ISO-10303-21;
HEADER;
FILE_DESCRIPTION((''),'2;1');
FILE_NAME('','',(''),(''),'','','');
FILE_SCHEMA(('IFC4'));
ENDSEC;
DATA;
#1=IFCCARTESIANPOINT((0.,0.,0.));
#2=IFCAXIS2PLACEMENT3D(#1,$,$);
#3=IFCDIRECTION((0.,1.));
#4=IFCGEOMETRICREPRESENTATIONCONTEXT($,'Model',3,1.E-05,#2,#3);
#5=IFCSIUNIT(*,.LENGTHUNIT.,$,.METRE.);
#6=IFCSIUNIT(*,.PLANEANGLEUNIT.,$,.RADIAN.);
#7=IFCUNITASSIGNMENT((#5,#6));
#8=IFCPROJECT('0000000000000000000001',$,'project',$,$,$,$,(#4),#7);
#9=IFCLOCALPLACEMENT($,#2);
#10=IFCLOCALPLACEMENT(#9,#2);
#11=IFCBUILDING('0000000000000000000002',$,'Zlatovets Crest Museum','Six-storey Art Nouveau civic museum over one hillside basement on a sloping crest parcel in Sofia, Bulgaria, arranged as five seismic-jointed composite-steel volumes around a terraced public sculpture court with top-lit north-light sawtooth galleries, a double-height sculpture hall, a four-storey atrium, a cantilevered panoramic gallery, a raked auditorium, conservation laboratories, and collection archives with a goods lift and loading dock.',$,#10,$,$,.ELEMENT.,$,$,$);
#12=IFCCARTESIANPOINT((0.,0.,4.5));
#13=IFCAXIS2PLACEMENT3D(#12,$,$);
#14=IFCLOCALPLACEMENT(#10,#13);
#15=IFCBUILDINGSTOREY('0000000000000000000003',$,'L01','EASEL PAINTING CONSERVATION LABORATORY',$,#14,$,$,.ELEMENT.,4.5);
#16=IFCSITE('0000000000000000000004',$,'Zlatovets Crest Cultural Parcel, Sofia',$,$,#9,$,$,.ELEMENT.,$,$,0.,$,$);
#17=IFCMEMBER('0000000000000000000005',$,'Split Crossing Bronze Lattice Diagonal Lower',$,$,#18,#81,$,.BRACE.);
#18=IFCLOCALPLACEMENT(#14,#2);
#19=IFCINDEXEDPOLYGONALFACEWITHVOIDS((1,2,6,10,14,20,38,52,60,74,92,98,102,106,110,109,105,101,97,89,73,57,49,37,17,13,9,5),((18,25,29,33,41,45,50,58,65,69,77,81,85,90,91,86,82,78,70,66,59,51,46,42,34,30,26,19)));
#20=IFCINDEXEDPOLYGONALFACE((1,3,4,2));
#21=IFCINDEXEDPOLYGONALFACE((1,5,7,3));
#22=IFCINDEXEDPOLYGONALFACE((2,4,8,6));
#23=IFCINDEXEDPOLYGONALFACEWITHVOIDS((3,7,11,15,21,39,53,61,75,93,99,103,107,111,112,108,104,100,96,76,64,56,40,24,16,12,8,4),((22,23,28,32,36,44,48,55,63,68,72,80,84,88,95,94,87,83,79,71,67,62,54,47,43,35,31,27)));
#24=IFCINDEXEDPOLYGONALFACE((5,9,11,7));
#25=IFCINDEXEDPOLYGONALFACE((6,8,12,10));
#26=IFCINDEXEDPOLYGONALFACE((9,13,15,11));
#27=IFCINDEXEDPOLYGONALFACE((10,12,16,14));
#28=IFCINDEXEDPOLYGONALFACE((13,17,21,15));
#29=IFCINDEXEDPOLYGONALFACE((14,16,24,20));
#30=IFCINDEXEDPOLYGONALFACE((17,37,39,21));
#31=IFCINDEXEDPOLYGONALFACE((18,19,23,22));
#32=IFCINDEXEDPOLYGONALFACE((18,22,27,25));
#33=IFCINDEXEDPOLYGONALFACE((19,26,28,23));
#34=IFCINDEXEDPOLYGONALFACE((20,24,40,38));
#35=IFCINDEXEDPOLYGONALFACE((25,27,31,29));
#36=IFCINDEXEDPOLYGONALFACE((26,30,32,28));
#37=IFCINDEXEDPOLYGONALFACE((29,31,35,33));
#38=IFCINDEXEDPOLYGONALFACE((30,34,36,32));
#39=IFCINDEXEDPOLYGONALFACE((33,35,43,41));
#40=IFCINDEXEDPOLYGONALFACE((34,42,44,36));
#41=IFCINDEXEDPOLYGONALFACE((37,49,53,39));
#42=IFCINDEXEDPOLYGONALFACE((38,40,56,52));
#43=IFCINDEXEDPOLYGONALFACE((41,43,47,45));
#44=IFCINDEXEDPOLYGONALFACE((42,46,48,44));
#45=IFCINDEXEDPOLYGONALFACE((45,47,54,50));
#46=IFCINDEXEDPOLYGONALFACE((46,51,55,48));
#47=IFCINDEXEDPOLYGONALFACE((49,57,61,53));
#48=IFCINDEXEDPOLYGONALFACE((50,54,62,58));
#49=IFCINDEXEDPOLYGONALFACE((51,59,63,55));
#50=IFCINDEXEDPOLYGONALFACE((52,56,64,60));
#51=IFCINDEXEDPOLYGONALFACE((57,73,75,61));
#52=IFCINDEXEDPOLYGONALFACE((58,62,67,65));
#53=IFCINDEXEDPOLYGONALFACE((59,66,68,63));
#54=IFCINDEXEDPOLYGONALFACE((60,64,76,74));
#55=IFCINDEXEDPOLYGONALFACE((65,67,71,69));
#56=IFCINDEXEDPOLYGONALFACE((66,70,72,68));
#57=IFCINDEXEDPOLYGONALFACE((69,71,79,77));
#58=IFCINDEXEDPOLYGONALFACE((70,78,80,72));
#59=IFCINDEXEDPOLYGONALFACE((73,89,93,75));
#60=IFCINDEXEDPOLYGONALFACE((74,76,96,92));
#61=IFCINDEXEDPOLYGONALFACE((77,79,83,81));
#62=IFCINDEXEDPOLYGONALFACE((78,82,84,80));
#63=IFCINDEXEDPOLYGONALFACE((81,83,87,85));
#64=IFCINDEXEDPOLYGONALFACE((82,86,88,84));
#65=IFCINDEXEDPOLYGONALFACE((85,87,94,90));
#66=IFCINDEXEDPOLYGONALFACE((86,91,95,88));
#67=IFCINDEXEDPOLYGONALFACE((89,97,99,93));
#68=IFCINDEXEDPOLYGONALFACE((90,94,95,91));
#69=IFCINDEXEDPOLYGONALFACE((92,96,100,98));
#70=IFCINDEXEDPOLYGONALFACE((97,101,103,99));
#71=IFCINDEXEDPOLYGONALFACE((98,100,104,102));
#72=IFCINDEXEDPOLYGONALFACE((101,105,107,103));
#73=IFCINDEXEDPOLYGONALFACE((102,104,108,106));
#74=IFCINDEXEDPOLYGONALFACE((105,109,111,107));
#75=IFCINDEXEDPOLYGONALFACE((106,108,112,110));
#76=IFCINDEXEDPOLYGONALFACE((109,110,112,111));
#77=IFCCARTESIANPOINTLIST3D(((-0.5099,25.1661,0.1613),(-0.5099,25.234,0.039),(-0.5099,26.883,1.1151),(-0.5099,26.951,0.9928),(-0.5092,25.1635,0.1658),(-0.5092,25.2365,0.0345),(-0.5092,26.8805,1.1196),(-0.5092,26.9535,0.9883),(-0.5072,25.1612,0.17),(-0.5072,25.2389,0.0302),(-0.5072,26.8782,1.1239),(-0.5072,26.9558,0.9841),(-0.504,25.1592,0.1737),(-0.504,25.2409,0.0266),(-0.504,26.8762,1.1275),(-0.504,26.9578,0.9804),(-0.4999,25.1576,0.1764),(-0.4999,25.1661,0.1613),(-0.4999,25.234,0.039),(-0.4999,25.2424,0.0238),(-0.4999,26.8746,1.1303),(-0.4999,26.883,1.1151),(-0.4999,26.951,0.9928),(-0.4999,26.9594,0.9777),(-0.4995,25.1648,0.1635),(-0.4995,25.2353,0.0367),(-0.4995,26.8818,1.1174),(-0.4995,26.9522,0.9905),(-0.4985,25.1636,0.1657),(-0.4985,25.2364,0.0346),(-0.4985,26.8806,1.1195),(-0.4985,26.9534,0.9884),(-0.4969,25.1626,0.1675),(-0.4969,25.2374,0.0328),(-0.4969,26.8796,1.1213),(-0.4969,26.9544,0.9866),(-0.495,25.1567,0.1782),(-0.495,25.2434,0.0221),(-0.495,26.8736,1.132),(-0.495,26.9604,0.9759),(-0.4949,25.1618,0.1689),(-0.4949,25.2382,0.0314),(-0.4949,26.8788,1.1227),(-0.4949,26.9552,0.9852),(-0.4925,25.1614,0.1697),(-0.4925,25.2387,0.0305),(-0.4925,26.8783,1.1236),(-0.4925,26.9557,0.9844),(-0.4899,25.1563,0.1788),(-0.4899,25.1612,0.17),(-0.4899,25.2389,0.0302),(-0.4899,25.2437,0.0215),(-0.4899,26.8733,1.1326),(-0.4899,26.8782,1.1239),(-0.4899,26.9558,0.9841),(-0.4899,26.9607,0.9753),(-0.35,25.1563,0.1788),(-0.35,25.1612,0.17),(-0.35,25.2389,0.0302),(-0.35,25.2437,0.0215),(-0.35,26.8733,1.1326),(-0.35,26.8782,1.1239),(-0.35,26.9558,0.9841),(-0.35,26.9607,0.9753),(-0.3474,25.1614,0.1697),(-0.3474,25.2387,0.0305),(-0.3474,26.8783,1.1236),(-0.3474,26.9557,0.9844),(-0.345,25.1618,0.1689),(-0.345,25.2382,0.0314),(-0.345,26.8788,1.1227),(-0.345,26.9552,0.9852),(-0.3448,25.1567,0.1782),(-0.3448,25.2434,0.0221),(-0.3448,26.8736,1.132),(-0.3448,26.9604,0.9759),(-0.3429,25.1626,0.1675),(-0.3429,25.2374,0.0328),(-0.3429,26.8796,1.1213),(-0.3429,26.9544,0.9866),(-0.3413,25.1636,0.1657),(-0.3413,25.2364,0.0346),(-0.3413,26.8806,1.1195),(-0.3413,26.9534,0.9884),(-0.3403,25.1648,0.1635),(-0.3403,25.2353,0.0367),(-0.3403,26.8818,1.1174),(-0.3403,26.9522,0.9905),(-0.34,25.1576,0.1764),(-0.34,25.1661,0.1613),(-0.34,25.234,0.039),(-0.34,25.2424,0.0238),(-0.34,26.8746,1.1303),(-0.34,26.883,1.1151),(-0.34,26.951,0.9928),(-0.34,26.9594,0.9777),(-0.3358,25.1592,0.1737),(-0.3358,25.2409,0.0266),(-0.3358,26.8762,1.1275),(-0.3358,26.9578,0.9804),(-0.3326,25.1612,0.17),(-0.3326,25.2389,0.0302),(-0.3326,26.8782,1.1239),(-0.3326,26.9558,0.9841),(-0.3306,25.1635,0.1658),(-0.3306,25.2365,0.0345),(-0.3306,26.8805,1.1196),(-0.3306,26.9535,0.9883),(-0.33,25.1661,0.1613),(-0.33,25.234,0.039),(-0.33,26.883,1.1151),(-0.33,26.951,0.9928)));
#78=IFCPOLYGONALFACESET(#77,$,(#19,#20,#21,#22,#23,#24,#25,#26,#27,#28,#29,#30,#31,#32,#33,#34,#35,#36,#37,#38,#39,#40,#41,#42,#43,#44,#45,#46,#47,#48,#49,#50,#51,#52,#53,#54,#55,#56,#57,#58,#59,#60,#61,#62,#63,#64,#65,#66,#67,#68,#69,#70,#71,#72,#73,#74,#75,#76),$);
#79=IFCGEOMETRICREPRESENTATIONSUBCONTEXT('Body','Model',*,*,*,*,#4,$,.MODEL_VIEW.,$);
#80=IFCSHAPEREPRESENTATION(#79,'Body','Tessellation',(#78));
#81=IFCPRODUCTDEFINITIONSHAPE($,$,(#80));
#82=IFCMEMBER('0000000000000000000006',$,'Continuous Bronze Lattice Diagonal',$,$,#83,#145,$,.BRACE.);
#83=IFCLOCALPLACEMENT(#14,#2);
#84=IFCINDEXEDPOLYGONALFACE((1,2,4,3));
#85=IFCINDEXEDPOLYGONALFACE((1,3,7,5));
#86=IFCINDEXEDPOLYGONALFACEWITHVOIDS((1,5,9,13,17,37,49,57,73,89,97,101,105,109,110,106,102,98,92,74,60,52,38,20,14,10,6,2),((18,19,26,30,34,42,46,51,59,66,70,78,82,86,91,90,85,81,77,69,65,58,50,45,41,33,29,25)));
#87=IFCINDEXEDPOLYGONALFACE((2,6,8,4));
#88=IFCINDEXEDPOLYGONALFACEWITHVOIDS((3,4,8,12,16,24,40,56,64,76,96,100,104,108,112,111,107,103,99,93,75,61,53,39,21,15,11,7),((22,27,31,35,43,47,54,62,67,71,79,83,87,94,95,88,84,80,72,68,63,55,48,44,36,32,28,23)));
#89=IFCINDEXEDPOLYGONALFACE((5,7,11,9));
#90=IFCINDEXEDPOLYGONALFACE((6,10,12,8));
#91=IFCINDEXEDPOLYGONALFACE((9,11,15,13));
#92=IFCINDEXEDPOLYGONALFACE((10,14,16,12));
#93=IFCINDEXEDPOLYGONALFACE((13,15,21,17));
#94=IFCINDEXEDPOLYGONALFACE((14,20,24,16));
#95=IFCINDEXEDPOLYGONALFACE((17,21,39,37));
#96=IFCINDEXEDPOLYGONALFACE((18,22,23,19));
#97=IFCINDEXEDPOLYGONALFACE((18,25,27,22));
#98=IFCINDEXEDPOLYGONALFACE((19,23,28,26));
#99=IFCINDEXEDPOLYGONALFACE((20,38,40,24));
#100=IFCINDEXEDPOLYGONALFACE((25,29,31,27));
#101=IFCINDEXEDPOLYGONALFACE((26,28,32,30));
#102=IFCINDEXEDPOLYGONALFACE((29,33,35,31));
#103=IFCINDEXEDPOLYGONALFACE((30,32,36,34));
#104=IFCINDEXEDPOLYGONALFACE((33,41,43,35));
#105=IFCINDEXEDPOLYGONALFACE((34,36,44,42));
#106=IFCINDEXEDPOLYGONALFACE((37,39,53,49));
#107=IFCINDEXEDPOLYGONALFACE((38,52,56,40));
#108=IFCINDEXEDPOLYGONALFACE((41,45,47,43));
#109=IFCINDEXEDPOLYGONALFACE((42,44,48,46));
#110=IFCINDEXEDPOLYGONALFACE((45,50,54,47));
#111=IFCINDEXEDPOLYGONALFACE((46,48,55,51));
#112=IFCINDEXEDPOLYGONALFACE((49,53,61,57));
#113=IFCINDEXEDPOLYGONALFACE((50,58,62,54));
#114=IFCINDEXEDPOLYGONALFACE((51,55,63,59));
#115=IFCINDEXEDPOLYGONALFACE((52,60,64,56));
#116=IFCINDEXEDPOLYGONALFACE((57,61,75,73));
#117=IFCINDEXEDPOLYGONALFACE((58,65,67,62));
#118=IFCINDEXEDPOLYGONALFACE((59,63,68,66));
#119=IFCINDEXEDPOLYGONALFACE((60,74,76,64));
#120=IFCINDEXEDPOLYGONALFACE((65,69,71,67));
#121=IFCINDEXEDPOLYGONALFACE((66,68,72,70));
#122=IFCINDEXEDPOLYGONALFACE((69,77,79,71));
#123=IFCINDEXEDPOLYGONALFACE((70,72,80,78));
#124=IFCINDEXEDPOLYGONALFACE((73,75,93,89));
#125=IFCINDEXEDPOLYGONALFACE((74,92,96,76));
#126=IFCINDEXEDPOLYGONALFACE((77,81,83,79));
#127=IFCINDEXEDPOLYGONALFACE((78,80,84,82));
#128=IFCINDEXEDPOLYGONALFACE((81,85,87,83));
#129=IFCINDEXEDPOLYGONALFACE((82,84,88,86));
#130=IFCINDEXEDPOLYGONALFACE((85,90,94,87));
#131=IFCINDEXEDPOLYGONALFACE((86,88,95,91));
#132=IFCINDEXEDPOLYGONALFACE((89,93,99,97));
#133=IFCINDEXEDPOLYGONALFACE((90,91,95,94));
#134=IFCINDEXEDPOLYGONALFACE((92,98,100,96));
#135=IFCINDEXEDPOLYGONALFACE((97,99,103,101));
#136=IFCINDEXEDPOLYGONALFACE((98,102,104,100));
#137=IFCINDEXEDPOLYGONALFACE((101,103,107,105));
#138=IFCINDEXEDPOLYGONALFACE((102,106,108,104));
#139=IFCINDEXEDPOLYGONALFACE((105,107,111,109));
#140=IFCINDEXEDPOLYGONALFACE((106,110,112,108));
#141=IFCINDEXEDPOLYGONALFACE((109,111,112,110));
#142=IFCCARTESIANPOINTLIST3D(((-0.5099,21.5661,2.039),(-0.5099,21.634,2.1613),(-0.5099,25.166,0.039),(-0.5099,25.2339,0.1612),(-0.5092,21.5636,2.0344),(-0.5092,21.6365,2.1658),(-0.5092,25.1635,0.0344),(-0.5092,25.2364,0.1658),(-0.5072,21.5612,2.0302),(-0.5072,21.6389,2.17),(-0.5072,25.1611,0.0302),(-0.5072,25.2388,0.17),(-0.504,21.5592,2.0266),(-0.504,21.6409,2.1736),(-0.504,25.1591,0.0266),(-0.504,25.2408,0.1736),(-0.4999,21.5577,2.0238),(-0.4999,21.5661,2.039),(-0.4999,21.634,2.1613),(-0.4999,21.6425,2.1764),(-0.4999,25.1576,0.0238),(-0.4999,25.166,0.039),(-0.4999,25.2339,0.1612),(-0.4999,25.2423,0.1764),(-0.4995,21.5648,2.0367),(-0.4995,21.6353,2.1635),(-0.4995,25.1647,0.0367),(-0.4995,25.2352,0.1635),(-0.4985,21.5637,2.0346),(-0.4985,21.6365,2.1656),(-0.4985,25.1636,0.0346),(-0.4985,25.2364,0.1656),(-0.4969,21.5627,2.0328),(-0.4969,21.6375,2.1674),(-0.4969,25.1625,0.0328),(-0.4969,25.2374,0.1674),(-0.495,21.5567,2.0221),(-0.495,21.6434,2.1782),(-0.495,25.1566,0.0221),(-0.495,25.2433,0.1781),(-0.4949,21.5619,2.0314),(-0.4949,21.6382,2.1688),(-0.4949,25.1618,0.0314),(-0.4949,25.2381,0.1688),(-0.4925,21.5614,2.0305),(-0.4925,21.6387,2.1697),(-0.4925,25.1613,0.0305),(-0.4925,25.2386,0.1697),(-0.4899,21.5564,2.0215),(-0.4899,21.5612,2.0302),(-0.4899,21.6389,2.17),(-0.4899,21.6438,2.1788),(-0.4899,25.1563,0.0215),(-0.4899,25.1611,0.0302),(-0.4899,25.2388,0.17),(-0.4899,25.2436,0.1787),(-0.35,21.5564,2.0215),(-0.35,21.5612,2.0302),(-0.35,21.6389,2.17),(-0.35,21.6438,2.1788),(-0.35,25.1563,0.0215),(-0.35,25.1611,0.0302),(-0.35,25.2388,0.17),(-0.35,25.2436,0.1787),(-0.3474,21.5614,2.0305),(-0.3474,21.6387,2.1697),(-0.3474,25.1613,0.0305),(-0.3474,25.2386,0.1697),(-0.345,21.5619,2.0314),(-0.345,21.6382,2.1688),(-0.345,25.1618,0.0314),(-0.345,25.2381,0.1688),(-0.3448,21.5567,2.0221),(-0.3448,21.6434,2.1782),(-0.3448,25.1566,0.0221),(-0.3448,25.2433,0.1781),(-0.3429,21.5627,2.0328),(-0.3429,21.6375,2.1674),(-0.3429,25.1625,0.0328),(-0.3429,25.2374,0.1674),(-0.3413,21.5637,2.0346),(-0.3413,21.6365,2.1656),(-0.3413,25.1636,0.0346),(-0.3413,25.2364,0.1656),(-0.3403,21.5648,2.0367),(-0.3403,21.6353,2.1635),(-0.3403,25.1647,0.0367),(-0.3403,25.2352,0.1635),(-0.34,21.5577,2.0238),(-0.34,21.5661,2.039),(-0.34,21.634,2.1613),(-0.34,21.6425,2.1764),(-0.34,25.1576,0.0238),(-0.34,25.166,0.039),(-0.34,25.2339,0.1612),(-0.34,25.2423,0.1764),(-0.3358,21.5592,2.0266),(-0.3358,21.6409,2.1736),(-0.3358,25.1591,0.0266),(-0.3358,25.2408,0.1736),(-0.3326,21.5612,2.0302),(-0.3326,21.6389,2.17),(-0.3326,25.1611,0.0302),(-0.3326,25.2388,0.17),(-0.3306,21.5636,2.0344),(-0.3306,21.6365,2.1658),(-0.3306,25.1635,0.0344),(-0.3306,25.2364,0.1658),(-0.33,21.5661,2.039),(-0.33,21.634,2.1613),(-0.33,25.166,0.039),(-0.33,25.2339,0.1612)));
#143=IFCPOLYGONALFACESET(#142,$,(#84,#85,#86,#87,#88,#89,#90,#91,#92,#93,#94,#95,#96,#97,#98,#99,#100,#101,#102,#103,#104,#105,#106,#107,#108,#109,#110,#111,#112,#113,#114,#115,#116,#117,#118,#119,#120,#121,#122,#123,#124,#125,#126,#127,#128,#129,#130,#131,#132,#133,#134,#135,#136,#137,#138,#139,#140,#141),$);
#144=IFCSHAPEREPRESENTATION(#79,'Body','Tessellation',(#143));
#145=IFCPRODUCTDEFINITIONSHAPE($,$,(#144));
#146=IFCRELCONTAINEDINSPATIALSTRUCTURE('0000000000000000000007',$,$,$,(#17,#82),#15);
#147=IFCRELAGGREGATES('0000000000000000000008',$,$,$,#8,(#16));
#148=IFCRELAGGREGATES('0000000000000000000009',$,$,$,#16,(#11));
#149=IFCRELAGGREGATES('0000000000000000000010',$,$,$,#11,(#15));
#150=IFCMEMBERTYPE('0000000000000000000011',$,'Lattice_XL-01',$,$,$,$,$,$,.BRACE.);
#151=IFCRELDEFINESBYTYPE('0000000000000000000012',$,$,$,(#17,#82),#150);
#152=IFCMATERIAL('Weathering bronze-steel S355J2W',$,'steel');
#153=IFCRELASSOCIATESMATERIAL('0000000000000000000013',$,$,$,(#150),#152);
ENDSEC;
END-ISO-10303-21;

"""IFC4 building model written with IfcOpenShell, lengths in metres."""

from ifc_helpers import new_model, si_unit, direction, frame, origin, origin_2d, place, context, subcontext, project, spatial, hollow_rectangle, extrude, material, material_profile, profile_set, type_object, element, save


model = new_model("IFC4")

# Units and contexts
model_context = context("Model", 3, precision=1e-05, world=origin(), true_north=direction((0.0, 1.0)))
body_context = subcontext(model_context, "Body", "Model", "MODEL_VIEW")
ifc_project = project(units=[si_unit("LENGTHUNIT", "METRE"), si_unit("PLANEANGLEUNIT", "RADIAN")], contexts=[model_context])

# Site, building, storey
site_placement = place(None, origin())
site = spatial("IfcSite", under=ifc_project, at=site_placement, Name="Zlatovets Crest Cultural Parcel, Sofia", CompositionType="ELEMENT", RefElevation=0.0)
building_placement = place(site_placement, origin())
building = spatial("IfcBuilding", under=site, at=building_placement, Name="Zlatovets Crest Museum", Description="Six-storey Art Nouveau civic museum over one hillside basement on a sloping crest parcel in Sofia, Bulgaria, arranged as five seismic-jointed composite-steel volumes around a terraced public sculpture court with top-lit north-light sawtooth galleries, a double-height sculpture hall, a four-storey atrium, a cantilevered panoramic gallery, a raked auditorium, conservation laboratories, and collection archives with a goods lift and loading dock.", CompositionType="ELEMENT")
storey_placement = place(building_placement, frame((0.0, 0.0, 4.5)))
storey = spatial("IfcBuildingStorey", under=building, at=storey_placement, Name="L01", Description="EASEL PAINTING CONSERVATION LABORATORY", CompositionType="ELEMENT", Elevation=4.5)

# Members
ifc_material_1 = material(Name="Weathering bronze-steel S355J2W", Category="steel")
ifc_material_profile_1 = material_profile(ifc_material_1, hollow_rectangle(XDim=0.1799, YDim=0.1799, WallThickness=0.01, InnerFilletRadius=0.01, OuterFilletRadius=0.02, at=origin_2d()), Name="SHS 180x180x10.0")
ifc_profile_set_1 = profile_set([ifc_material_profile_1], Name="Weathering bronze-steel S355J2W")
member_type_1 = type_object("IfcMemberType", Name="Lattice_XL-01", PredefinedType="BRACE", material=ifc_profile_set_1)
member_1_placement = place(storey_placement, frame((-0.4199, 26.917, 1.054), z_axis=(0.0, -0.874169, -0.485622), x_axis=(1.0, 0.0, 0.0)))
element("IfcMember", 1, at=member_1_placement, inside=storey, type_object=member_type_1, Name="Split Crossing Bronze Lattice Diagonal Lower", PredefinedType="BRACE", context=body_context, shape_type="SweptSolid", body=[
    extrude(hollow_rectangle(XDim=0.1799, YDim=0.1799, WallThickness=0.01, InnerFilletRadius=0.01, OuterFilletRadius=0.02, at=origin_2d()), origin(), (0.0, 0.0, 1.0), 1.9641),
])
member_2_placement = place(storey_placement, frame((-0.4199, 25.2, 0.1001), z_axis=(0.0, -0.874149, 0.485658), x_axis=(1.0, 0.0, 0.0)))
element("IfcMember", 2, at=member_2_placement, inside=storey, type_object=member_type_1, Name="Continuous Bronze Lattice Diagonal", PredefinedType="BRACE", context=body_context, shape_type="SweptSolid", body=[
    extrude(hollow_rectangle(XDim=0.1799, YDim=0.1799, WallThickness=0.01, InnerFilletRadius=0.01, OuterFilletRadius=0.02, at=origin_2d()), origin(), (0.0, 0.0, 1.0), 4.1182),
])

save(model, "model.ifc")
